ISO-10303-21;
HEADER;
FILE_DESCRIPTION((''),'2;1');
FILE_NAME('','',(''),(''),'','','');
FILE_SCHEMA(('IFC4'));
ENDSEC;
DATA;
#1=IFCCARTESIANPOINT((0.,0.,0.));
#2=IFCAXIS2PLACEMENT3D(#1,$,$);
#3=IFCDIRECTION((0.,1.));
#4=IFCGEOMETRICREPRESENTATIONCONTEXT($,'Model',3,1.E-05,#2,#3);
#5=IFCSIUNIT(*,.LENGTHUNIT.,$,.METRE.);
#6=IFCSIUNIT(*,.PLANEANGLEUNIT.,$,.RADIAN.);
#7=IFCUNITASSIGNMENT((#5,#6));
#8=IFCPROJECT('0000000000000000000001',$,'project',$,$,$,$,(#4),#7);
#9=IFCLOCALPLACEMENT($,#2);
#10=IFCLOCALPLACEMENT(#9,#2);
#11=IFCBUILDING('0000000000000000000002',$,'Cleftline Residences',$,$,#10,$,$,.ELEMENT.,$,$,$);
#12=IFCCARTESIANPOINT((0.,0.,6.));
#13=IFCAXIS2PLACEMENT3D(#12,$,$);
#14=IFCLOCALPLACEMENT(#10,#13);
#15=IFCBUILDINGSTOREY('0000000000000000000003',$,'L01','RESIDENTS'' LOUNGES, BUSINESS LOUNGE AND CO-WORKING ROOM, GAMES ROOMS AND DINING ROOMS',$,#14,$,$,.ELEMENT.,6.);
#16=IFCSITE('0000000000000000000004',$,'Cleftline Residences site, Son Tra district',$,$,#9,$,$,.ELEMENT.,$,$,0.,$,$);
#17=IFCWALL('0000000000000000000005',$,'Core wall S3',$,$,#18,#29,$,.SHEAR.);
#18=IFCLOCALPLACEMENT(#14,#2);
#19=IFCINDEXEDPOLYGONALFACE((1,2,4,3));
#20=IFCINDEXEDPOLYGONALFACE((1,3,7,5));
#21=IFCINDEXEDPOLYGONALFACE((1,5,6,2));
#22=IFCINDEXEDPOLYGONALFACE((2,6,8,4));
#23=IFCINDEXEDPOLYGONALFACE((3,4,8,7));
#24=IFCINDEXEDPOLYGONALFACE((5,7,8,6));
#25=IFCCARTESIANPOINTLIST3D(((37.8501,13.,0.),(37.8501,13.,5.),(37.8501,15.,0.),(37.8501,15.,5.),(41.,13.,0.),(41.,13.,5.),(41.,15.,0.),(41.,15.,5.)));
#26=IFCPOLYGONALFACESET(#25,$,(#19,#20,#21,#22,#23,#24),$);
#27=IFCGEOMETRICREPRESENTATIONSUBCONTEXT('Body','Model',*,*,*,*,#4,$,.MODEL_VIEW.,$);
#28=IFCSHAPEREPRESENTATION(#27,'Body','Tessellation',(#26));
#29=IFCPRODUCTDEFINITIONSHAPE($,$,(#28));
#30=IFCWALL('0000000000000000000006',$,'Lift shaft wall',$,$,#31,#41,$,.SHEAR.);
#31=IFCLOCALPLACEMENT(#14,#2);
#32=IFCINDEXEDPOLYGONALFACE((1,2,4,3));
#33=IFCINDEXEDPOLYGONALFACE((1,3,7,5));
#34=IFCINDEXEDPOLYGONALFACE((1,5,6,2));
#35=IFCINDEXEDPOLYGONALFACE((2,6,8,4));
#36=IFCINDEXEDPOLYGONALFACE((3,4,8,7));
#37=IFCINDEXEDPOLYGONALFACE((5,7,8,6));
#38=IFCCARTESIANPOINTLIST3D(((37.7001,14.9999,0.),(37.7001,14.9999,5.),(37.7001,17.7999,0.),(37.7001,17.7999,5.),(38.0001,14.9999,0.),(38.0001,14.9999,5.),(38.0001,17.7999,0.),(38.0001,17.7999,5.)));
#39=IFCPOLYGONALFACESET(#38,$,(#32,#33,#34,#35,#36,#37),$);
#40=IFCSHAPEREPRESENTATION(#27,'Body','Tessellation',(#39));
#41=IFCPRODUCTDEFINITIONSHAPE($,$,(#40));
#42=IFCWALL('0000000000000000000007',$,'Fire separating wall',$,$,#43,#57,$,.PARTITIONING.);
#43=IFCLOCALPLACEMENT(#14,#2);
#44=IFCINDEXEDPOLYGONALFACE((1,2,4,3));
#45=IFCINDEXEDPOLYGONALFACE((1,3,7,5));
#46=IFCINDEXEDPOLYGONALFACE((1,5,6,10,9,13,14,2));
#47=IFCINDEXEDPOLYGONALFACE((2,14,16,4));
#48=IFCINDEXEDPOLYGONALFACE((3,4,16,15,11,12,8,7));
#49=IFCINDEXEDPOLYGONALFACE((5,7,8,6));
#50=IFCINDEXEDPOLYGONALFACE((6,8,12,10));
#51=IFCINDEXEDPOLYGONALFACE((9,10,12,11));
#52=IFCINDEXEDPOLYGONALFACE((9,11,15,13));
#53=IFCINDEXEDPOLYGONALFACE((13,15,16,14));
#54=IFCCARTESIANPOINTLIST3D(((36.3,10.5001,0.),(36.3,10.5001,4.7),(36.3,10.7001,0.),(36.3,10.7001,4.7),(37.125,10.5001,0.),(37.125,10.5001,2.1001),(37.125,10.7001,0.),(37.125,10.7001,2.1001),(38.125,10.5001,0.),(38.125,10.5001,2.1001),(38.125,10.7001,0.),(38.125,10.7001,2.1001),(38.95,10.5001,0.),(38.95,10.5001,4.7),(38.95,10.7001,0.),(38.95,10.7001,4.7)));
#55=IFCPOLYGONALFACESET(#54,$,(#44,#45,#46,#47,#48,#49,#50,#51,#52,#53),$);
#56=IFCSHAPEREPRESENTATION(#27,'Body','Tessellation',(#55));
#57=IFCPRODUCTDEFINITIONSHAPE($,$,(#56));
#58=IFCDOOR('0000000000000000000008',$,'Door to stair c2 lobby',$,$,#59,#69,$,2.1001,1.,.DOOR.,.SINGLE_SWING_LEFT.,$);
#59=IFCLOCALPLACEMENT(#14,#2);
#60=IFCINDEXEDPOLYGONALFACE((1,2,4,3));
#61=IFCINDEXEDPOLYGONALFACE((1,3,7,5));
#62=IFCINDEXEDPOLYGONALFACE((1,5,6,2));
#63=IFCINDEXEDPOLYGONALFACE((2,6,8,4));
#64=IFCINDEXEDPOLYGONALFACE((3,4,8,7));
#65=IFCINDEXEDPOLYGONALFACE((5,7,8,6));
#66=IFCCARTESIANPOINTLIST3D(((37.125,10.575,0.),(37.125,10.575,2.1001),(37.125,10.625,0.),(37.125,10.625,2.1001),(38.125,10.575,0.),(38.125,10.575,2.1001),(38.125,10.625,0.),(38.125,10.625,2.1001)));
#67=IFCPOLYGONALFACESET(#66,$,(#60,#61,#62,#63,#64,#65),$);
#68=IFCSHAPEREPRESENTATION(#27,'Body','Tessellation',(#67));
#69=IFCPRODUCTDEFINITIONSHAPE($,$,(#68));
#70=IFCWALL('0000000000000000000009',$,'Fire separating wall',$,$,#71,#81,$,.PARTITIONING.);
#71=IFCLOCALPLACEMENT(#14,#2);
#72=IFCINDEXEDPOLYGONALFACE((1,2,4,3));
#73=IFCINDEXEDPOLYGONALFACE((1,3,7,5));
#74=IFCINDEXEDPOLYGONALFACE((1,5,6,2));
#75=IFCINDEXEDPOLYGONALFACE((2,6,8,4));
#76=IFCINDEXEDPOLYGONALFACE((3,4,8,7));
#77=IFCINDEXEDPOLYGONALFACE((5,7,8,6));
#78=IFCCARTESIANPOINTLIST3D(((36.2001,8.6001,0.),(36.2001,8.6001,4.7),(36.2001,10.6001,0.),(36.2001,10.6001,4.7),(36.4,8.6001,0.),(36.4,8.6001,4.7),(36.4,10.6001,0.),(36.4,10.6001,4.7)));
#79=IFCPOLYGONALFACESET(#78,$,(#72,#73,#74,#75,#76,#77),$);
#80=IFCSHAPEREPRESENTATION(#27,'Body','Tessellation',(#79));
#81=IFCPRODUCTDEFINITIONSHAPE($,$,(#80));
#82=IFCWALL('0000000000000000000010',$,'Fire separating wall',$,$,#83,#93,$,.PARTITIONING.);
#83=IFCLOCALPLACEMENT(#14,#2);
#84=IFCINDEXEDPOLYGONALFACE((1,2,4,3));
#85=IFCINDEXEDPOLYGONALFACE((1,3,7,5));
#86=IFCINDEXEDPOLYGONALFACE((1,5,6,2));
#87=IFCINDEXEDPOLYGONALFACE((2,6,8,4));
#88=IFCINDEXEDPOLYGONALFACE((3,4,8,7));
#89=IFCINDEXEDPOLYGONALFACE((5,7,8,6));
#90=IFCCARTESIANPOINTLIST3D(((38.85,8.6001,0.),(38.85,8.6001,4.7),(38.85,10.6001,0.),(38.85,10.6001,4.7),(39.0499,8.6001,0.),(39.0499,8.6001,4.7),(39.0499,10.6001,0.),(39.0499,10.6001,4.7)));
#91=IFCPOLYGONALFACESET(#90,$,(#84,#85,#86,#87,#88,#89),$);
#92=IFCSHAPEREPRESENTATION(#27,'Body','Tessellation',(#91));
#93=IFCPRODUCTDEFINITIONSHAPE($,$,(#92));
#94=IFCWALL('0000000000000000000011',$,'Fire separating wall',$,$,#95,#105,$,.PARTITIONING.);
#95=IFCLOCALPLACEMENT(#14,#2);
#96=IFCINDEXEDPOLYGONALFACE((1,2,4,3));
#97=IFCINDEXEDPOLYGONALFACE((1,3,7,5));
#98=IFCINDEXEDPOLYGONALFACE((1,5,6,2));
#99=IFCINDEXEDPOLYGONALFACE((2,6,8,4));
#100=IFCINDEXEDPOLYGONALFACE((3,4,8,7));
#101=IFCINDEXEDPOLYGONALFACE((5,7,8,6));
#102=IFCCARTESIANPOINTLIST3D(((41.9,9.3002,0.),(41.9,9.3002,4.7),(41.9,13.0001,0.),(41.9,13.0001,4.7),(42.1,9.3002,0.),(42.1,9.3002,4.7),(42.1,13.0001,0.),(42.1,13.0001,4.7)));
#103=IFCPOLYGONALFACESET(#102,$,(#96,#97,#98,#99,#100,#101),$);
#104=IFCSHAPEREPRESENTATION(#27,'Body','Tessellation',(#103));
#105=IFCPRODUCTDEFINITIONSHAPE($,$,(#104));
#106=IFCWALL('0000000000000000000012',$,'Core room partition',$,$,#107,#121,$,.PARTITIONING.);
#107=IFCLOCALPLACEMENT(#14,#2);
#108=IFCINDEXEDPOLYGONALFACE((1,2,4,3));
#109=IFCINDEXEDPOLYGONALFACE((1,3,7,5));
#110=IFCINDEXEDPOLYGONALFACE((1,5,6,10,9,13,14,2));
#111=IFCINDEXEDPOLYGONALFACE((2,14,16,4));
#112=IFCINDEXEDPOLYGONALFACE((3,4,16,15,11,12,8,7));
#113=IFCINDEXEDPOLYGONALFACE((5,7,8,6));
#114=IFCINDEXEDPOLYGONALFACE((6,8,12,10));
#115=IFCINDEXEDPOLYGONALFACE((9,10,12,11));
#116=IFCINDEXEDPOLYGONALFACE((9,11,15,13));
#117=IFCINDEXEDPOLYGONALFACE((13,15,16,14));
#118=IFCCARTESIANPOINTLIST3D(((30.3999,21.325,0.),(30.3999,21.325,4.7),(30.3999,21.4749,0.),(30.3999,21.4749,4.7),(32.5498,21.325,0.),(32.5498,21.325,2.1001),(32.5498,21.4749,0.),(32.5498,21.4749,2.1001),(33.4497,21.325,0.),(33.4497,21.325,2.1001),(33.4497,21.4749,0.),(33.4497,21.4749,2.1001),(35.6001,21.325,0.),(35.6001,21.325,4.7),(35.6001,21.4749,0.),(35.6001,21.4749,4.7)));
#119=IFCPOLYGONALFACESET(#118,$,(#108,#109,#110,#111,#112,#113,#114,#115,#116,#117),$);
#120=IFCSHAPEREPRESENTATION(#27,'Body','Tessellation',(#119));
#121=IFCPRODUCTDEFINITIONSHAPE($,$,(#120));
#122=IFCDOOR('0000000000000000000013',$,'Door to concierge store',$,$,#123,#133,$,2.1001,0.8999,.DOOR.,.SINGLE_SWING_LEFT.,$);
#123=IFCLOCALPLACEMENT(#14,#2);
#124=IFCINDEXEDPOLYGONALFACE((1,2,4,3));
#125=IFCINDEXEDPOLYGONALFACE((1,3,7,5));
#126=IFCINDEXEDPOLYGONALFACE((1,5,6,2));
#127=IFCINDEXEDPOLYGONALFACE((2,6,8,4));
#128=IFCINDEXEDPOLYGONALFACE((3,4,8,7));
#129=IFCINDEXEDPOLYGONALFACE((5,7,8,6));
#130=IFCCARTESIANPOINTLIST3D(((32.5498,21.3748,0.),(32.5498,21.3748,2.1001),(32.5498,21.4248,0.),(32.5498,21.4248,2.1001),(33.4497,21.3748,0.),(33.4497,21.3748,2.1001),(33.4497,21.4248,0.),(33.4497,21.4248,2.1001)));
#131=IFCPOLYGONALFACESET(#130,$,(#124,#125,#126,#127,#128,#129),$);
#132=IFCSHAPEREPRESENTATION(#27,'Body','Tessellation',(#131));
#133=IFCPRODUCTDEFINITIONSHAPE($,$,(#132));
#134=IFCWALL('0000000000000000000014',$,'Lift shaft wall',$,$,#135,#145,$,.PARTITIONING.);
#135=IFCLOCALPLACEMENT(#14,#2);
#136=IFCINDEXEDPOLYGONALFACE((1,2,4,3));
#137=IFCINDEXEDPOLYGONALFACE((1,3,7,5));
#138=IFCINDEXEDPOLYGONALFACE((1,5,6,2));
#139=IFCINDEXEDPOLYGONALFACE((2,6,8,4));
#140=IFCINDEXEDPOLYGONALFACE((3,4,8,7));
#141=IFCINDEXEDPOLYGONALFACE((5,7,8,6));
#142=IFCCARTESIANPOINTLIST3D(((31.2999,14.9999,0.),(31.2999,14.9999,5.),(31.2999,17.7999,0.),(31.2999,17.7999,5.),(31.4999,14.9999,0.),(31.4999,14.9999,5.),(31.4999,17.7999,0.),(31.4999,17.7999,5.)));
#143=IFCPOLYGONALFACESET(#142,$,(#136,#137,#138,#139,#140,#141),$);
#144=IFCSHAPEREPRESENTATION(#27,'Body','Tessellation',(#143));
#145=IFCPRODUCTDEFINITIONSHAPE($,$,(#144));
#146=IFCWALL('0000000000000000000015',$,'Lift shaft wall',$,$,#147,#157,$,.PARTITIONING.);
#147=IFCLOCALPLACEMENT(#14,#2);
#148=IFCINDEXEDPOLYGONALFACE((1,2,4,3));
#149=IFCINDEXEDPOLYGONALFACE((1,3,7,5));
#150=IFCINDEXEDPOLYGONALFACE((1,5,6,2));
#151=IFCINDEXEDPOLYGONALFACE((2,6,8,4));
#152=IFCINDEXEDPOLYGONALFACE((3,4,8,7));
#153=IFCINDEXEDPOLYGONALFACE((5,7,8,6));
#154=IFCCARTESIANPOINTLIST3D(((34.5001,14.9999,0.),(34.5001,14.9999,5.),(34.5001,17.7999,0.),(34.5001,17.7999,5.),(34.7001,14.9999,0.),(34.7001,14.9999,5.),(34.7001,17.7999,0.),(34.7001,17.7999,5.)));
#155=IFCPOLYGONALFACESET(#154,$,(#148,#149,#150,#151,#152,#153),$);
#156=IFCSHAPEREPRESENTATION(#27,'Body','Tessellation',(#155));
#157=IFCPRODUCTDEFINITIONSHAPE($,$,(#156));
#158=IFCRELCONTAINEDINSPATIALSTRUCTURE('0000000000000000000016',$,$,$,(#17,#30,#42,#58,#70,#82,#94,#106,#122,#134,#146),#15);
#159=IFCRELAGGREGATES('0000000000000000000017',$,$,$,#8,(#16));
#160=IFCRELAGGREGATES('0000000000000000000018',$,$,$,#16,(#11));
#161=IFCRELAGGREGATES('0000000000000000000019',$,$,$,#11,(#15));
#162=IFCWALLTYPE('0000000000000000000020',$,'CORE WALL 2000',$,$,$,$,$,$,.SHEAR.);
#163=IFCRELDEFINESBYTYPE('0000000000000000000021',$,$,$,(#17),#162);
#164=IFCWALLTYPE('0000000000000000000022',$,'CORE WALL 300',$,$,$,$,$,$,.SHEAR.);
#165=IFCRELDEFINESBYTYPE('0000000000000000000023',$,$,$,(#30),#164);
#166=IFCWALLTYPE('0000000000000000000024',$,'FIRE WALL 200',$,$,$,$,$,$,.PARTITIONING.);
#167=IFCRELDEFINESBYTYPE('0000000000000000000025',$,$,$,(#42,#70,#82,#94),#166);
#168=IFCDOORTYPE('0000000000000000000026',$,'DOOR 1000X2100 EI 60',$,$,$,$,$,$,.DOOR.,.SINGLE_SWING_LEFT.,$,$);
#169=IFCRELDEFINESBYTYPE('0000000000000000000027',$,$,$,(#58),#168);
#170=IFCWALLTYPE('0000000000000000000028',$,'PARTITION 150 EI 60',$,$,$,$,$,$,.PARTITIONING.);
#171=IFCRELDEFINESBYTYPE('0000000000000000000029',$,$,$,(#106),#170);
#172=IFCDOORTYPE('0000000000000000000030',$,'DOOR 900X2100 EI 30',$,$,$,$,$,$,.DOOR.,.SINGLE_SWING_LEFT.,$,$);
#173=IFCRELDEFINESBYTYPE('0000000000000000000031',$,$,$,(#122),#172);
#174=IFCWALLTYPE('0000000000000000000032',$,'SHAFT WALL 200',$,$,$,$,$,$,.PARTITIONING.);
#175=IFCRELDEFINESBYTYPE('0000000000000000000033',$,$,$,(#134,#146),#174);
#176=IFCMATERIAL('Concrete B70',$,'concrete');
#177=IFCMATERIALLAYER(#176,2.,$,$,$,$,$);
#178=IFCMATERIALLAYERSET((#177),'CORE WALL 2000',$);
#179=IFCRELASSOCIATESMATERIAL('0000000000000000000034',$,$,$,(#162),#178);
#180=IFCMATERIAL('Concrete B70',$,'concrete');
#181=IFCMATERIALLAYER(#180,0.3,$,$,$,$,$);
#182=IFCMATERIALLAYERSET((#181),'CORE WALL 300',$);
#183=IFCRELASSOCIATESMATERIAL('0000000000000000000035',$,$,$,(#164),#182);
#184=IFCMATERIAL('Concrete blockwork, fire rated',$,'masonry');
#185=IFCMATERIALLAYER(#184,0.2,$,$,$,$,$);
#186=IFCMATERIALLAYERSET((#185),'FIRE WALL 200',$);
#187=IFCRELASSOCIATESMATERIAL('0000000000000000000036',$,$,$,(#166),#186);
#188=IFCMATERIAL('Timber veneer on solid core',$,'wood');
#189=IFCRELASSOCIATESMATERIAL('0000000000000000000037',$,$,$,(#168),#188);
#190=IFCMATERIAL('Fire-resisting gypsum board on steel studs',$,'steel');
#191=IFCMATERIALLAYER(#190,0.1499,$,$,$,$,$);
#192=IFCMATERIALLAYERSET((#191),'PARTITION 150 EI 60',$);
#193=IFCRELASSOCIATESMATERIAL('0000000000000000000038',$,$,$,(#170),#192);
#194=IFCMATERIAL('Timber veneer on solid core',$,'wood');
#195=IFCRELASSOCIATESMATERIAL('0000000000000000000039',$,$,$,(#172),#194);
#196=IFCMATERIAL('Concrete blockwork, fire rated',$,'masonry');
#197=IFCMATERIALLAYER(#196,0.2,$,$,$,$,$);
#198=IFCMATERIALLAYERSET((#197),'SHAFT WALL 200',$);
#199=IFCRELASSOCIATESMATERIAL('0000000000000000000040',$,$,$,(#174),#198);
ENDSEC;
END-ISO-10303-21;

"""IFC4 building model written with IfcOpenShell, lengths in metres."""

from ifc_helpers import new_model, si_unit, direction, frame, frame_2d, origin, place, context, subcontext, project, spatial, rectangle, extrude, material, layer, layer_set, type_object, element, fill, save


model = new_model("IFC4")

# Units and contexts
model_context = context("Model", 3, precision=1e-05, world=origin(), true_north=direction((0.0, 1.0)))
body_context = subcontext(model_context, "Body", "Model", "MODEL_VIEW")
ifc_project = project(units=[si_unit("LENGTHUNIT", "METRE"), si_unit("PLANEANGLEUNIT", "RADIAN")], contexts=[model_context])

# Site, building, storey
site_placement = place(None, origin())
site = spatial("IfcSite", under=ifc_project, at=site_placement, Name="Cleftline Residences site, Son Tra district", CompositionType="ELEMENT", RefElevation=0.0)
building_placement = place(site_placement, origin())
building = spatial("IfcBuilding", under=site, at=building_placement, Name="Cleftline Residences", CompositionType="ELEMENT")
storey_placement = place(building_placement, frame((0.0, 0.0, 6.0)))
storey = spatial("IfcBuildingStorey", under=building, at=storey_placement, Name="L01", Description="RESIDENTS' LOUNGES, BUSINESS LOUNGE AND CO-WORKING ROOM, GAMES ROOMS AND DINING ROOMS", CompositionType="ELEMENT", Elevation=6.0)

# Walls
ifc_material_1 = material(Name="Concrete B70", Category="concrete")
ifc_layer_1 = layer(ifc_material_1, 2.0)
ifc_layer_set_1 = layer_set([ifc_layer_1], Name="CORE WALL 2000")
wall_type_1 = type_object("IfcWallType", Name="CORE WALL 2000", PredefinedType="SHEAR", material=ifc_layer_set_1)
wall_1_placement = place(storey_placement, frame((37.8501, 14.0, 0.0), z_axis=(0.0, 0.0, 1.0), x_axis=(1.0, 0.0, 0.0)))
element("IfcWall", 1, at=wall_1_placement, inside=storey, type_object=wall_type_1, Name="Core wall S3", PredefinedType="SHEAR", context=body_context, shape_type="SweptSolid", body=[
    extrude(rectangle(XDim=3.1499, YDim=2.0, at=frame_2d((1.575, 0.0))), origin(), (0.0, 0.0, 1.0), 5.0),
])
ifc_material_2 = material(Name="Concrete B70", Category="concrete")
ifc_layer_2 = layer(ifc_material_2, 0.3)
ifc_layer_set_2 = layer_set([ifc_layer_2], Name="CORE WALL 300")
wall_type_2 = type_object("IfcWallType", Name="CORE WALL 300", PredefinedType="SHEAR", material=ifc_layer_set_2)
wall_2_placement = place(storey_placement, frame((37.8501, 15.0, 0.0), z_axis=(0.0, 0.0, 1.0), x_axis=(0.0, 1.0, 0.0)))
element("IfcWall", 2, at=wall_2_placement, inside=storey, type_object=wall_type_2, Name="Lift shaft wall", PredefinedType="SHEAR", context=body_context, shape_type="SweptSolid", body=[
    extrude(rectangle(XDim=2.8, YDim=0.3, at=frame_2d((1.3999, 0.0))), origin(), (0.0, 0.0, 1.0), 5.0),
])

# Wall, opening, door
ifc_material_3 = material(Name="Concrete blockwork, fire rated", Category="masonry")
ifc_layer_3 = layer(ifc_material_3, 0.2)
ifc_layer_set_3 = layer_set([ifc_layer_3], Name="FIRE WALL 200")
wall_type_3 = type_object("IfcWallType", Name="FIRE WALL 200", PredefinedType="PARTITIONING", material=ifc_layer_set_3)
wall_3_placement = place(storey_placement, frame((36.3, 10.6001, 0.0), z_axis=(0.0, 0.0, 1.0), x_axis=(1.0, 0.0, 0.0)))
wall_3 = element("IfcWall", 3, at=wall_3_placement, inside=storey, type_object=wall_type_3, Name="Fire separating wall", PredefinedType="PARTITIONING", context=body_context, shape_type="SweptSolid", body=[
    extrude(rectangle(XDim=2.6499, YDim=0.2, at=frame_2d((1.325, 0.0))), origin(), (0.0, 0.0, 1.0), 4.7),
])
opening_1_placement = place(wall_3_placement, frame((0.825, 0.0, 0.0)))
opening_1 = element("IfcOpeningElement", 4, at=opening_1_placement, cuts=wall_3, PredefinedType="OPENING", context=body_context, shape_type="SweptSolid", body=[
    extrude(rectangle(XDim=1.0, YDim=2.1001, at=frame_2d((0.5, 1.05))), frame((0.0, 0.1099, 0.0), z_axis=(0.0, -1.0, 0.0), x_axis=(1.0, 0.0, 0.0)), (0.0, 0.0, 1.0), 0.22),
])
ifc_material_4 = material(Name="Timber veneer on solid core", Category="wood")
door_type_1 = type_object("IfcDoorType", Name="DOOR 1000X2100 EI 60", OperationType="SINGLE_SWING_LEFT", PredefinedType="DOOR", material=ifc_material_4)
door_1_placement = place(opening_1_placement, origin())
door_1 = element("IfcDoor", 5, at=door_1_placement, inside=storey, type_object=door_type_1, Name="Door to stair c2 lobby", OperationType="SINGLE_SWING_LEFT", OverallHeight=2.1001, OverallWidth=1.0, PredefinedType="DOOR", context=body_context, shape_type="SweptSolid", body=[
    extrude(rectangle(XDim=1.0, YDim=2.1001, at=frame_2d((0.5, 1.05))), frame((0.0, 0.0249, 0.0), z_axis=(0.0, -1.0, 0.0), x_axis=(1.0, 0.0, 0.0)), (0.0, 0.0, 1.0), 0.05),
])
fill(opening_1, door_1)

# Walls
for number, where, z_axis, x_axis, name in (
    (6, (36.3, 8.6001, 0.0), (0.0, 0.0, 1.0), (0.0, 1.0, 0.0), "Fire separating wall"),
    (7, (38.95, 8.6001, 0.0), (0.0, 0.0, 1.0), (0.0, 1.0, 0.0), "Fire separating wall"),
):
    element("IfcWall", number, at=place(storey_placement, frame(where, z_axis=z_axis, x_axis=x_axis)), inside=storey, type_object=wall_type_3, Name=name, PredefinedType="PARTITIONING", context=body_context, shape_type="SweptSolid", body=[
        extrude(rectangle(XDim=2.0, YDim=0.2, at=frame_2d((1.0, 0.0))), origin(), (0.0, 0.0, 1.0), 4.7),
    ])
wall_4_placement = place(storey_placement, frame((42.0, 9.3, 0.0), z_axis=(0.0, 0.0, 1.0), x_axis=(0.0, 1.0, 0.0)))
element("IfcWall", 8, at=wall_4_placement, inside=storey, type_object=wall_type_3, Name="Fire separating wall", PredefinedType="PARTITIONING", context=body_context, shape_type="SweptSolid", body=[
    extrude(rectangle(XDim=3.7, YDim=0.2, at=frame_2d((1.8501, 0.0))), origin(), (0.0, 0.0, 1.0), 4.7),
])

# Wall, opening, door
ifc_material_5 = material(Name="Fire-resisting gypsum board on steel studs", Category="steel")
ifc_layer_4 = layer(ifc_material_5, 0.1499)
ifc_layer_set_4 = layer_set([ifc_layer_4], Name="PARTITION 150 EI 60")
wall_type_4 = type_object("IfcWallType", Name="PARTITION 150 EI 60", PredefinedType="PARTITIONING", material=ifc_layer_set_4)
wall_5_placement = place(storey_placement, frame((30.3999, 21.3999, 0.0), z_axis=(0.0, 0.0, 1.0), x_axis=(1.0, 0.0, 0.0)))
wall_5 = element("IfcWall", 9, at=wall_5_placement, inside=storey, type_object=wall_type_4, Name="Core room partition", PredefinedType="PARTITIONING", context=body_context, shape_type="SweptSolid", body=[
    extrude(rectangle(XDim=5.2002, YDim=0.1499, at=frame_2d((2.6001, 0.0))), origin(), (0.0, 0.0, 1.0), 4.7),
])
opening_2_placement = place(wall_5_placement, frame((2.1499, 0.0, 0.0)))
opening_2 = element("IfcOpeningElement", 10, at=opening_2_placement, cuts=wall_5, PredefinedType="OPENING", context=body_context, shape_type="SweptSolid", body=[
    extrude(rectangle(XDim=0.8999, YDim=2.1001, at=frame_2d((0.45, 1.05))), frame((0.0, 0.085, 0.0), z_axis=(0.0, -1.0, 0.0), x_axis=(1.0, 0.0, 0.0)), (0.0, 0.0, 1.0), 0.1699),
])
ifc_material_6 = material(Name="Timber veneer on solid core", Category="wood")
door_type_2 = type_object("IfcDoorType", Name="DOOR 900X2100 EI 30", OperationType="SINGLE_SWING_LEFT", PredefinedType="DOOR", material=ifc_material_6)
door_2_placement = place(opening_2_placement, origin())
door_2 = element("IfcDoor", 11, at=door_2_placement, inside=storey, type_object=door_type_2, Name="Door to concierge store", OperationType="SINGLE_SWING_LEFT", OverallHeight=2.1001, OverallWidth=0.8999, PredefinedType="DOOR", context=body_context, shape_type="SweptSolid", body=[
    extrude(rectangle(XDim=0.8999, YDim=2.1001, at=frame_2d((0.45, 1.05))), frame((0.0, 0.0249, 0.0), z_axis=(0.0, -1.0, 0.0), x_axis=(1.0, 0.0, 0.0)), (0.0, 0.0, 1.0), 0.05),
])
fill(opening_2, door_2)

# Walls
ifc_material_7 = material(Name="Concrete blockwork, fire rated", Category="masonry")
ifc_layer_5 = layer(ifc_material_7, 0.2)
ifc_layer_set_5 = layer_set([ifc_layer_5], Name="SHAFT WALL 200")
wall_type_5 = type_object("IfcWallType", Name="SHAFT WALL 200", PredefinedType="PARTITIONING", material=ifc_layer_set_5)
for number, where, z_axis, x_axis, name in (
    (12, (31.3999, 15.0, 0.0), (0.0, 0.0, 1.0), (0.0, 1.0, 0.0), "Lift shaft wall"),
    (13, (34.6001, 15.0, 0.0), (0.0, 0.0, 1.0), (0.0, 1.0, 0.0), "Lift shaft wall"),
):
    element("IfcWall", number, at=place(storey_placement, frame(where, z_axis=z_axis, x_axis=x_axis)), inside=storey, type_object=wall_type_5, Name=name, PredefinedType="PARTITIONING", context=body_context, shape_type="SweptSolid", body=[
        extrude(rectangle(XDim=2.8, YDim=0.2, at=frame_2d((1.3999, 0.0))), origin(), (0.0, 0.0, 1.0), 5.0),
    ])

save(model, "model.ifc")
